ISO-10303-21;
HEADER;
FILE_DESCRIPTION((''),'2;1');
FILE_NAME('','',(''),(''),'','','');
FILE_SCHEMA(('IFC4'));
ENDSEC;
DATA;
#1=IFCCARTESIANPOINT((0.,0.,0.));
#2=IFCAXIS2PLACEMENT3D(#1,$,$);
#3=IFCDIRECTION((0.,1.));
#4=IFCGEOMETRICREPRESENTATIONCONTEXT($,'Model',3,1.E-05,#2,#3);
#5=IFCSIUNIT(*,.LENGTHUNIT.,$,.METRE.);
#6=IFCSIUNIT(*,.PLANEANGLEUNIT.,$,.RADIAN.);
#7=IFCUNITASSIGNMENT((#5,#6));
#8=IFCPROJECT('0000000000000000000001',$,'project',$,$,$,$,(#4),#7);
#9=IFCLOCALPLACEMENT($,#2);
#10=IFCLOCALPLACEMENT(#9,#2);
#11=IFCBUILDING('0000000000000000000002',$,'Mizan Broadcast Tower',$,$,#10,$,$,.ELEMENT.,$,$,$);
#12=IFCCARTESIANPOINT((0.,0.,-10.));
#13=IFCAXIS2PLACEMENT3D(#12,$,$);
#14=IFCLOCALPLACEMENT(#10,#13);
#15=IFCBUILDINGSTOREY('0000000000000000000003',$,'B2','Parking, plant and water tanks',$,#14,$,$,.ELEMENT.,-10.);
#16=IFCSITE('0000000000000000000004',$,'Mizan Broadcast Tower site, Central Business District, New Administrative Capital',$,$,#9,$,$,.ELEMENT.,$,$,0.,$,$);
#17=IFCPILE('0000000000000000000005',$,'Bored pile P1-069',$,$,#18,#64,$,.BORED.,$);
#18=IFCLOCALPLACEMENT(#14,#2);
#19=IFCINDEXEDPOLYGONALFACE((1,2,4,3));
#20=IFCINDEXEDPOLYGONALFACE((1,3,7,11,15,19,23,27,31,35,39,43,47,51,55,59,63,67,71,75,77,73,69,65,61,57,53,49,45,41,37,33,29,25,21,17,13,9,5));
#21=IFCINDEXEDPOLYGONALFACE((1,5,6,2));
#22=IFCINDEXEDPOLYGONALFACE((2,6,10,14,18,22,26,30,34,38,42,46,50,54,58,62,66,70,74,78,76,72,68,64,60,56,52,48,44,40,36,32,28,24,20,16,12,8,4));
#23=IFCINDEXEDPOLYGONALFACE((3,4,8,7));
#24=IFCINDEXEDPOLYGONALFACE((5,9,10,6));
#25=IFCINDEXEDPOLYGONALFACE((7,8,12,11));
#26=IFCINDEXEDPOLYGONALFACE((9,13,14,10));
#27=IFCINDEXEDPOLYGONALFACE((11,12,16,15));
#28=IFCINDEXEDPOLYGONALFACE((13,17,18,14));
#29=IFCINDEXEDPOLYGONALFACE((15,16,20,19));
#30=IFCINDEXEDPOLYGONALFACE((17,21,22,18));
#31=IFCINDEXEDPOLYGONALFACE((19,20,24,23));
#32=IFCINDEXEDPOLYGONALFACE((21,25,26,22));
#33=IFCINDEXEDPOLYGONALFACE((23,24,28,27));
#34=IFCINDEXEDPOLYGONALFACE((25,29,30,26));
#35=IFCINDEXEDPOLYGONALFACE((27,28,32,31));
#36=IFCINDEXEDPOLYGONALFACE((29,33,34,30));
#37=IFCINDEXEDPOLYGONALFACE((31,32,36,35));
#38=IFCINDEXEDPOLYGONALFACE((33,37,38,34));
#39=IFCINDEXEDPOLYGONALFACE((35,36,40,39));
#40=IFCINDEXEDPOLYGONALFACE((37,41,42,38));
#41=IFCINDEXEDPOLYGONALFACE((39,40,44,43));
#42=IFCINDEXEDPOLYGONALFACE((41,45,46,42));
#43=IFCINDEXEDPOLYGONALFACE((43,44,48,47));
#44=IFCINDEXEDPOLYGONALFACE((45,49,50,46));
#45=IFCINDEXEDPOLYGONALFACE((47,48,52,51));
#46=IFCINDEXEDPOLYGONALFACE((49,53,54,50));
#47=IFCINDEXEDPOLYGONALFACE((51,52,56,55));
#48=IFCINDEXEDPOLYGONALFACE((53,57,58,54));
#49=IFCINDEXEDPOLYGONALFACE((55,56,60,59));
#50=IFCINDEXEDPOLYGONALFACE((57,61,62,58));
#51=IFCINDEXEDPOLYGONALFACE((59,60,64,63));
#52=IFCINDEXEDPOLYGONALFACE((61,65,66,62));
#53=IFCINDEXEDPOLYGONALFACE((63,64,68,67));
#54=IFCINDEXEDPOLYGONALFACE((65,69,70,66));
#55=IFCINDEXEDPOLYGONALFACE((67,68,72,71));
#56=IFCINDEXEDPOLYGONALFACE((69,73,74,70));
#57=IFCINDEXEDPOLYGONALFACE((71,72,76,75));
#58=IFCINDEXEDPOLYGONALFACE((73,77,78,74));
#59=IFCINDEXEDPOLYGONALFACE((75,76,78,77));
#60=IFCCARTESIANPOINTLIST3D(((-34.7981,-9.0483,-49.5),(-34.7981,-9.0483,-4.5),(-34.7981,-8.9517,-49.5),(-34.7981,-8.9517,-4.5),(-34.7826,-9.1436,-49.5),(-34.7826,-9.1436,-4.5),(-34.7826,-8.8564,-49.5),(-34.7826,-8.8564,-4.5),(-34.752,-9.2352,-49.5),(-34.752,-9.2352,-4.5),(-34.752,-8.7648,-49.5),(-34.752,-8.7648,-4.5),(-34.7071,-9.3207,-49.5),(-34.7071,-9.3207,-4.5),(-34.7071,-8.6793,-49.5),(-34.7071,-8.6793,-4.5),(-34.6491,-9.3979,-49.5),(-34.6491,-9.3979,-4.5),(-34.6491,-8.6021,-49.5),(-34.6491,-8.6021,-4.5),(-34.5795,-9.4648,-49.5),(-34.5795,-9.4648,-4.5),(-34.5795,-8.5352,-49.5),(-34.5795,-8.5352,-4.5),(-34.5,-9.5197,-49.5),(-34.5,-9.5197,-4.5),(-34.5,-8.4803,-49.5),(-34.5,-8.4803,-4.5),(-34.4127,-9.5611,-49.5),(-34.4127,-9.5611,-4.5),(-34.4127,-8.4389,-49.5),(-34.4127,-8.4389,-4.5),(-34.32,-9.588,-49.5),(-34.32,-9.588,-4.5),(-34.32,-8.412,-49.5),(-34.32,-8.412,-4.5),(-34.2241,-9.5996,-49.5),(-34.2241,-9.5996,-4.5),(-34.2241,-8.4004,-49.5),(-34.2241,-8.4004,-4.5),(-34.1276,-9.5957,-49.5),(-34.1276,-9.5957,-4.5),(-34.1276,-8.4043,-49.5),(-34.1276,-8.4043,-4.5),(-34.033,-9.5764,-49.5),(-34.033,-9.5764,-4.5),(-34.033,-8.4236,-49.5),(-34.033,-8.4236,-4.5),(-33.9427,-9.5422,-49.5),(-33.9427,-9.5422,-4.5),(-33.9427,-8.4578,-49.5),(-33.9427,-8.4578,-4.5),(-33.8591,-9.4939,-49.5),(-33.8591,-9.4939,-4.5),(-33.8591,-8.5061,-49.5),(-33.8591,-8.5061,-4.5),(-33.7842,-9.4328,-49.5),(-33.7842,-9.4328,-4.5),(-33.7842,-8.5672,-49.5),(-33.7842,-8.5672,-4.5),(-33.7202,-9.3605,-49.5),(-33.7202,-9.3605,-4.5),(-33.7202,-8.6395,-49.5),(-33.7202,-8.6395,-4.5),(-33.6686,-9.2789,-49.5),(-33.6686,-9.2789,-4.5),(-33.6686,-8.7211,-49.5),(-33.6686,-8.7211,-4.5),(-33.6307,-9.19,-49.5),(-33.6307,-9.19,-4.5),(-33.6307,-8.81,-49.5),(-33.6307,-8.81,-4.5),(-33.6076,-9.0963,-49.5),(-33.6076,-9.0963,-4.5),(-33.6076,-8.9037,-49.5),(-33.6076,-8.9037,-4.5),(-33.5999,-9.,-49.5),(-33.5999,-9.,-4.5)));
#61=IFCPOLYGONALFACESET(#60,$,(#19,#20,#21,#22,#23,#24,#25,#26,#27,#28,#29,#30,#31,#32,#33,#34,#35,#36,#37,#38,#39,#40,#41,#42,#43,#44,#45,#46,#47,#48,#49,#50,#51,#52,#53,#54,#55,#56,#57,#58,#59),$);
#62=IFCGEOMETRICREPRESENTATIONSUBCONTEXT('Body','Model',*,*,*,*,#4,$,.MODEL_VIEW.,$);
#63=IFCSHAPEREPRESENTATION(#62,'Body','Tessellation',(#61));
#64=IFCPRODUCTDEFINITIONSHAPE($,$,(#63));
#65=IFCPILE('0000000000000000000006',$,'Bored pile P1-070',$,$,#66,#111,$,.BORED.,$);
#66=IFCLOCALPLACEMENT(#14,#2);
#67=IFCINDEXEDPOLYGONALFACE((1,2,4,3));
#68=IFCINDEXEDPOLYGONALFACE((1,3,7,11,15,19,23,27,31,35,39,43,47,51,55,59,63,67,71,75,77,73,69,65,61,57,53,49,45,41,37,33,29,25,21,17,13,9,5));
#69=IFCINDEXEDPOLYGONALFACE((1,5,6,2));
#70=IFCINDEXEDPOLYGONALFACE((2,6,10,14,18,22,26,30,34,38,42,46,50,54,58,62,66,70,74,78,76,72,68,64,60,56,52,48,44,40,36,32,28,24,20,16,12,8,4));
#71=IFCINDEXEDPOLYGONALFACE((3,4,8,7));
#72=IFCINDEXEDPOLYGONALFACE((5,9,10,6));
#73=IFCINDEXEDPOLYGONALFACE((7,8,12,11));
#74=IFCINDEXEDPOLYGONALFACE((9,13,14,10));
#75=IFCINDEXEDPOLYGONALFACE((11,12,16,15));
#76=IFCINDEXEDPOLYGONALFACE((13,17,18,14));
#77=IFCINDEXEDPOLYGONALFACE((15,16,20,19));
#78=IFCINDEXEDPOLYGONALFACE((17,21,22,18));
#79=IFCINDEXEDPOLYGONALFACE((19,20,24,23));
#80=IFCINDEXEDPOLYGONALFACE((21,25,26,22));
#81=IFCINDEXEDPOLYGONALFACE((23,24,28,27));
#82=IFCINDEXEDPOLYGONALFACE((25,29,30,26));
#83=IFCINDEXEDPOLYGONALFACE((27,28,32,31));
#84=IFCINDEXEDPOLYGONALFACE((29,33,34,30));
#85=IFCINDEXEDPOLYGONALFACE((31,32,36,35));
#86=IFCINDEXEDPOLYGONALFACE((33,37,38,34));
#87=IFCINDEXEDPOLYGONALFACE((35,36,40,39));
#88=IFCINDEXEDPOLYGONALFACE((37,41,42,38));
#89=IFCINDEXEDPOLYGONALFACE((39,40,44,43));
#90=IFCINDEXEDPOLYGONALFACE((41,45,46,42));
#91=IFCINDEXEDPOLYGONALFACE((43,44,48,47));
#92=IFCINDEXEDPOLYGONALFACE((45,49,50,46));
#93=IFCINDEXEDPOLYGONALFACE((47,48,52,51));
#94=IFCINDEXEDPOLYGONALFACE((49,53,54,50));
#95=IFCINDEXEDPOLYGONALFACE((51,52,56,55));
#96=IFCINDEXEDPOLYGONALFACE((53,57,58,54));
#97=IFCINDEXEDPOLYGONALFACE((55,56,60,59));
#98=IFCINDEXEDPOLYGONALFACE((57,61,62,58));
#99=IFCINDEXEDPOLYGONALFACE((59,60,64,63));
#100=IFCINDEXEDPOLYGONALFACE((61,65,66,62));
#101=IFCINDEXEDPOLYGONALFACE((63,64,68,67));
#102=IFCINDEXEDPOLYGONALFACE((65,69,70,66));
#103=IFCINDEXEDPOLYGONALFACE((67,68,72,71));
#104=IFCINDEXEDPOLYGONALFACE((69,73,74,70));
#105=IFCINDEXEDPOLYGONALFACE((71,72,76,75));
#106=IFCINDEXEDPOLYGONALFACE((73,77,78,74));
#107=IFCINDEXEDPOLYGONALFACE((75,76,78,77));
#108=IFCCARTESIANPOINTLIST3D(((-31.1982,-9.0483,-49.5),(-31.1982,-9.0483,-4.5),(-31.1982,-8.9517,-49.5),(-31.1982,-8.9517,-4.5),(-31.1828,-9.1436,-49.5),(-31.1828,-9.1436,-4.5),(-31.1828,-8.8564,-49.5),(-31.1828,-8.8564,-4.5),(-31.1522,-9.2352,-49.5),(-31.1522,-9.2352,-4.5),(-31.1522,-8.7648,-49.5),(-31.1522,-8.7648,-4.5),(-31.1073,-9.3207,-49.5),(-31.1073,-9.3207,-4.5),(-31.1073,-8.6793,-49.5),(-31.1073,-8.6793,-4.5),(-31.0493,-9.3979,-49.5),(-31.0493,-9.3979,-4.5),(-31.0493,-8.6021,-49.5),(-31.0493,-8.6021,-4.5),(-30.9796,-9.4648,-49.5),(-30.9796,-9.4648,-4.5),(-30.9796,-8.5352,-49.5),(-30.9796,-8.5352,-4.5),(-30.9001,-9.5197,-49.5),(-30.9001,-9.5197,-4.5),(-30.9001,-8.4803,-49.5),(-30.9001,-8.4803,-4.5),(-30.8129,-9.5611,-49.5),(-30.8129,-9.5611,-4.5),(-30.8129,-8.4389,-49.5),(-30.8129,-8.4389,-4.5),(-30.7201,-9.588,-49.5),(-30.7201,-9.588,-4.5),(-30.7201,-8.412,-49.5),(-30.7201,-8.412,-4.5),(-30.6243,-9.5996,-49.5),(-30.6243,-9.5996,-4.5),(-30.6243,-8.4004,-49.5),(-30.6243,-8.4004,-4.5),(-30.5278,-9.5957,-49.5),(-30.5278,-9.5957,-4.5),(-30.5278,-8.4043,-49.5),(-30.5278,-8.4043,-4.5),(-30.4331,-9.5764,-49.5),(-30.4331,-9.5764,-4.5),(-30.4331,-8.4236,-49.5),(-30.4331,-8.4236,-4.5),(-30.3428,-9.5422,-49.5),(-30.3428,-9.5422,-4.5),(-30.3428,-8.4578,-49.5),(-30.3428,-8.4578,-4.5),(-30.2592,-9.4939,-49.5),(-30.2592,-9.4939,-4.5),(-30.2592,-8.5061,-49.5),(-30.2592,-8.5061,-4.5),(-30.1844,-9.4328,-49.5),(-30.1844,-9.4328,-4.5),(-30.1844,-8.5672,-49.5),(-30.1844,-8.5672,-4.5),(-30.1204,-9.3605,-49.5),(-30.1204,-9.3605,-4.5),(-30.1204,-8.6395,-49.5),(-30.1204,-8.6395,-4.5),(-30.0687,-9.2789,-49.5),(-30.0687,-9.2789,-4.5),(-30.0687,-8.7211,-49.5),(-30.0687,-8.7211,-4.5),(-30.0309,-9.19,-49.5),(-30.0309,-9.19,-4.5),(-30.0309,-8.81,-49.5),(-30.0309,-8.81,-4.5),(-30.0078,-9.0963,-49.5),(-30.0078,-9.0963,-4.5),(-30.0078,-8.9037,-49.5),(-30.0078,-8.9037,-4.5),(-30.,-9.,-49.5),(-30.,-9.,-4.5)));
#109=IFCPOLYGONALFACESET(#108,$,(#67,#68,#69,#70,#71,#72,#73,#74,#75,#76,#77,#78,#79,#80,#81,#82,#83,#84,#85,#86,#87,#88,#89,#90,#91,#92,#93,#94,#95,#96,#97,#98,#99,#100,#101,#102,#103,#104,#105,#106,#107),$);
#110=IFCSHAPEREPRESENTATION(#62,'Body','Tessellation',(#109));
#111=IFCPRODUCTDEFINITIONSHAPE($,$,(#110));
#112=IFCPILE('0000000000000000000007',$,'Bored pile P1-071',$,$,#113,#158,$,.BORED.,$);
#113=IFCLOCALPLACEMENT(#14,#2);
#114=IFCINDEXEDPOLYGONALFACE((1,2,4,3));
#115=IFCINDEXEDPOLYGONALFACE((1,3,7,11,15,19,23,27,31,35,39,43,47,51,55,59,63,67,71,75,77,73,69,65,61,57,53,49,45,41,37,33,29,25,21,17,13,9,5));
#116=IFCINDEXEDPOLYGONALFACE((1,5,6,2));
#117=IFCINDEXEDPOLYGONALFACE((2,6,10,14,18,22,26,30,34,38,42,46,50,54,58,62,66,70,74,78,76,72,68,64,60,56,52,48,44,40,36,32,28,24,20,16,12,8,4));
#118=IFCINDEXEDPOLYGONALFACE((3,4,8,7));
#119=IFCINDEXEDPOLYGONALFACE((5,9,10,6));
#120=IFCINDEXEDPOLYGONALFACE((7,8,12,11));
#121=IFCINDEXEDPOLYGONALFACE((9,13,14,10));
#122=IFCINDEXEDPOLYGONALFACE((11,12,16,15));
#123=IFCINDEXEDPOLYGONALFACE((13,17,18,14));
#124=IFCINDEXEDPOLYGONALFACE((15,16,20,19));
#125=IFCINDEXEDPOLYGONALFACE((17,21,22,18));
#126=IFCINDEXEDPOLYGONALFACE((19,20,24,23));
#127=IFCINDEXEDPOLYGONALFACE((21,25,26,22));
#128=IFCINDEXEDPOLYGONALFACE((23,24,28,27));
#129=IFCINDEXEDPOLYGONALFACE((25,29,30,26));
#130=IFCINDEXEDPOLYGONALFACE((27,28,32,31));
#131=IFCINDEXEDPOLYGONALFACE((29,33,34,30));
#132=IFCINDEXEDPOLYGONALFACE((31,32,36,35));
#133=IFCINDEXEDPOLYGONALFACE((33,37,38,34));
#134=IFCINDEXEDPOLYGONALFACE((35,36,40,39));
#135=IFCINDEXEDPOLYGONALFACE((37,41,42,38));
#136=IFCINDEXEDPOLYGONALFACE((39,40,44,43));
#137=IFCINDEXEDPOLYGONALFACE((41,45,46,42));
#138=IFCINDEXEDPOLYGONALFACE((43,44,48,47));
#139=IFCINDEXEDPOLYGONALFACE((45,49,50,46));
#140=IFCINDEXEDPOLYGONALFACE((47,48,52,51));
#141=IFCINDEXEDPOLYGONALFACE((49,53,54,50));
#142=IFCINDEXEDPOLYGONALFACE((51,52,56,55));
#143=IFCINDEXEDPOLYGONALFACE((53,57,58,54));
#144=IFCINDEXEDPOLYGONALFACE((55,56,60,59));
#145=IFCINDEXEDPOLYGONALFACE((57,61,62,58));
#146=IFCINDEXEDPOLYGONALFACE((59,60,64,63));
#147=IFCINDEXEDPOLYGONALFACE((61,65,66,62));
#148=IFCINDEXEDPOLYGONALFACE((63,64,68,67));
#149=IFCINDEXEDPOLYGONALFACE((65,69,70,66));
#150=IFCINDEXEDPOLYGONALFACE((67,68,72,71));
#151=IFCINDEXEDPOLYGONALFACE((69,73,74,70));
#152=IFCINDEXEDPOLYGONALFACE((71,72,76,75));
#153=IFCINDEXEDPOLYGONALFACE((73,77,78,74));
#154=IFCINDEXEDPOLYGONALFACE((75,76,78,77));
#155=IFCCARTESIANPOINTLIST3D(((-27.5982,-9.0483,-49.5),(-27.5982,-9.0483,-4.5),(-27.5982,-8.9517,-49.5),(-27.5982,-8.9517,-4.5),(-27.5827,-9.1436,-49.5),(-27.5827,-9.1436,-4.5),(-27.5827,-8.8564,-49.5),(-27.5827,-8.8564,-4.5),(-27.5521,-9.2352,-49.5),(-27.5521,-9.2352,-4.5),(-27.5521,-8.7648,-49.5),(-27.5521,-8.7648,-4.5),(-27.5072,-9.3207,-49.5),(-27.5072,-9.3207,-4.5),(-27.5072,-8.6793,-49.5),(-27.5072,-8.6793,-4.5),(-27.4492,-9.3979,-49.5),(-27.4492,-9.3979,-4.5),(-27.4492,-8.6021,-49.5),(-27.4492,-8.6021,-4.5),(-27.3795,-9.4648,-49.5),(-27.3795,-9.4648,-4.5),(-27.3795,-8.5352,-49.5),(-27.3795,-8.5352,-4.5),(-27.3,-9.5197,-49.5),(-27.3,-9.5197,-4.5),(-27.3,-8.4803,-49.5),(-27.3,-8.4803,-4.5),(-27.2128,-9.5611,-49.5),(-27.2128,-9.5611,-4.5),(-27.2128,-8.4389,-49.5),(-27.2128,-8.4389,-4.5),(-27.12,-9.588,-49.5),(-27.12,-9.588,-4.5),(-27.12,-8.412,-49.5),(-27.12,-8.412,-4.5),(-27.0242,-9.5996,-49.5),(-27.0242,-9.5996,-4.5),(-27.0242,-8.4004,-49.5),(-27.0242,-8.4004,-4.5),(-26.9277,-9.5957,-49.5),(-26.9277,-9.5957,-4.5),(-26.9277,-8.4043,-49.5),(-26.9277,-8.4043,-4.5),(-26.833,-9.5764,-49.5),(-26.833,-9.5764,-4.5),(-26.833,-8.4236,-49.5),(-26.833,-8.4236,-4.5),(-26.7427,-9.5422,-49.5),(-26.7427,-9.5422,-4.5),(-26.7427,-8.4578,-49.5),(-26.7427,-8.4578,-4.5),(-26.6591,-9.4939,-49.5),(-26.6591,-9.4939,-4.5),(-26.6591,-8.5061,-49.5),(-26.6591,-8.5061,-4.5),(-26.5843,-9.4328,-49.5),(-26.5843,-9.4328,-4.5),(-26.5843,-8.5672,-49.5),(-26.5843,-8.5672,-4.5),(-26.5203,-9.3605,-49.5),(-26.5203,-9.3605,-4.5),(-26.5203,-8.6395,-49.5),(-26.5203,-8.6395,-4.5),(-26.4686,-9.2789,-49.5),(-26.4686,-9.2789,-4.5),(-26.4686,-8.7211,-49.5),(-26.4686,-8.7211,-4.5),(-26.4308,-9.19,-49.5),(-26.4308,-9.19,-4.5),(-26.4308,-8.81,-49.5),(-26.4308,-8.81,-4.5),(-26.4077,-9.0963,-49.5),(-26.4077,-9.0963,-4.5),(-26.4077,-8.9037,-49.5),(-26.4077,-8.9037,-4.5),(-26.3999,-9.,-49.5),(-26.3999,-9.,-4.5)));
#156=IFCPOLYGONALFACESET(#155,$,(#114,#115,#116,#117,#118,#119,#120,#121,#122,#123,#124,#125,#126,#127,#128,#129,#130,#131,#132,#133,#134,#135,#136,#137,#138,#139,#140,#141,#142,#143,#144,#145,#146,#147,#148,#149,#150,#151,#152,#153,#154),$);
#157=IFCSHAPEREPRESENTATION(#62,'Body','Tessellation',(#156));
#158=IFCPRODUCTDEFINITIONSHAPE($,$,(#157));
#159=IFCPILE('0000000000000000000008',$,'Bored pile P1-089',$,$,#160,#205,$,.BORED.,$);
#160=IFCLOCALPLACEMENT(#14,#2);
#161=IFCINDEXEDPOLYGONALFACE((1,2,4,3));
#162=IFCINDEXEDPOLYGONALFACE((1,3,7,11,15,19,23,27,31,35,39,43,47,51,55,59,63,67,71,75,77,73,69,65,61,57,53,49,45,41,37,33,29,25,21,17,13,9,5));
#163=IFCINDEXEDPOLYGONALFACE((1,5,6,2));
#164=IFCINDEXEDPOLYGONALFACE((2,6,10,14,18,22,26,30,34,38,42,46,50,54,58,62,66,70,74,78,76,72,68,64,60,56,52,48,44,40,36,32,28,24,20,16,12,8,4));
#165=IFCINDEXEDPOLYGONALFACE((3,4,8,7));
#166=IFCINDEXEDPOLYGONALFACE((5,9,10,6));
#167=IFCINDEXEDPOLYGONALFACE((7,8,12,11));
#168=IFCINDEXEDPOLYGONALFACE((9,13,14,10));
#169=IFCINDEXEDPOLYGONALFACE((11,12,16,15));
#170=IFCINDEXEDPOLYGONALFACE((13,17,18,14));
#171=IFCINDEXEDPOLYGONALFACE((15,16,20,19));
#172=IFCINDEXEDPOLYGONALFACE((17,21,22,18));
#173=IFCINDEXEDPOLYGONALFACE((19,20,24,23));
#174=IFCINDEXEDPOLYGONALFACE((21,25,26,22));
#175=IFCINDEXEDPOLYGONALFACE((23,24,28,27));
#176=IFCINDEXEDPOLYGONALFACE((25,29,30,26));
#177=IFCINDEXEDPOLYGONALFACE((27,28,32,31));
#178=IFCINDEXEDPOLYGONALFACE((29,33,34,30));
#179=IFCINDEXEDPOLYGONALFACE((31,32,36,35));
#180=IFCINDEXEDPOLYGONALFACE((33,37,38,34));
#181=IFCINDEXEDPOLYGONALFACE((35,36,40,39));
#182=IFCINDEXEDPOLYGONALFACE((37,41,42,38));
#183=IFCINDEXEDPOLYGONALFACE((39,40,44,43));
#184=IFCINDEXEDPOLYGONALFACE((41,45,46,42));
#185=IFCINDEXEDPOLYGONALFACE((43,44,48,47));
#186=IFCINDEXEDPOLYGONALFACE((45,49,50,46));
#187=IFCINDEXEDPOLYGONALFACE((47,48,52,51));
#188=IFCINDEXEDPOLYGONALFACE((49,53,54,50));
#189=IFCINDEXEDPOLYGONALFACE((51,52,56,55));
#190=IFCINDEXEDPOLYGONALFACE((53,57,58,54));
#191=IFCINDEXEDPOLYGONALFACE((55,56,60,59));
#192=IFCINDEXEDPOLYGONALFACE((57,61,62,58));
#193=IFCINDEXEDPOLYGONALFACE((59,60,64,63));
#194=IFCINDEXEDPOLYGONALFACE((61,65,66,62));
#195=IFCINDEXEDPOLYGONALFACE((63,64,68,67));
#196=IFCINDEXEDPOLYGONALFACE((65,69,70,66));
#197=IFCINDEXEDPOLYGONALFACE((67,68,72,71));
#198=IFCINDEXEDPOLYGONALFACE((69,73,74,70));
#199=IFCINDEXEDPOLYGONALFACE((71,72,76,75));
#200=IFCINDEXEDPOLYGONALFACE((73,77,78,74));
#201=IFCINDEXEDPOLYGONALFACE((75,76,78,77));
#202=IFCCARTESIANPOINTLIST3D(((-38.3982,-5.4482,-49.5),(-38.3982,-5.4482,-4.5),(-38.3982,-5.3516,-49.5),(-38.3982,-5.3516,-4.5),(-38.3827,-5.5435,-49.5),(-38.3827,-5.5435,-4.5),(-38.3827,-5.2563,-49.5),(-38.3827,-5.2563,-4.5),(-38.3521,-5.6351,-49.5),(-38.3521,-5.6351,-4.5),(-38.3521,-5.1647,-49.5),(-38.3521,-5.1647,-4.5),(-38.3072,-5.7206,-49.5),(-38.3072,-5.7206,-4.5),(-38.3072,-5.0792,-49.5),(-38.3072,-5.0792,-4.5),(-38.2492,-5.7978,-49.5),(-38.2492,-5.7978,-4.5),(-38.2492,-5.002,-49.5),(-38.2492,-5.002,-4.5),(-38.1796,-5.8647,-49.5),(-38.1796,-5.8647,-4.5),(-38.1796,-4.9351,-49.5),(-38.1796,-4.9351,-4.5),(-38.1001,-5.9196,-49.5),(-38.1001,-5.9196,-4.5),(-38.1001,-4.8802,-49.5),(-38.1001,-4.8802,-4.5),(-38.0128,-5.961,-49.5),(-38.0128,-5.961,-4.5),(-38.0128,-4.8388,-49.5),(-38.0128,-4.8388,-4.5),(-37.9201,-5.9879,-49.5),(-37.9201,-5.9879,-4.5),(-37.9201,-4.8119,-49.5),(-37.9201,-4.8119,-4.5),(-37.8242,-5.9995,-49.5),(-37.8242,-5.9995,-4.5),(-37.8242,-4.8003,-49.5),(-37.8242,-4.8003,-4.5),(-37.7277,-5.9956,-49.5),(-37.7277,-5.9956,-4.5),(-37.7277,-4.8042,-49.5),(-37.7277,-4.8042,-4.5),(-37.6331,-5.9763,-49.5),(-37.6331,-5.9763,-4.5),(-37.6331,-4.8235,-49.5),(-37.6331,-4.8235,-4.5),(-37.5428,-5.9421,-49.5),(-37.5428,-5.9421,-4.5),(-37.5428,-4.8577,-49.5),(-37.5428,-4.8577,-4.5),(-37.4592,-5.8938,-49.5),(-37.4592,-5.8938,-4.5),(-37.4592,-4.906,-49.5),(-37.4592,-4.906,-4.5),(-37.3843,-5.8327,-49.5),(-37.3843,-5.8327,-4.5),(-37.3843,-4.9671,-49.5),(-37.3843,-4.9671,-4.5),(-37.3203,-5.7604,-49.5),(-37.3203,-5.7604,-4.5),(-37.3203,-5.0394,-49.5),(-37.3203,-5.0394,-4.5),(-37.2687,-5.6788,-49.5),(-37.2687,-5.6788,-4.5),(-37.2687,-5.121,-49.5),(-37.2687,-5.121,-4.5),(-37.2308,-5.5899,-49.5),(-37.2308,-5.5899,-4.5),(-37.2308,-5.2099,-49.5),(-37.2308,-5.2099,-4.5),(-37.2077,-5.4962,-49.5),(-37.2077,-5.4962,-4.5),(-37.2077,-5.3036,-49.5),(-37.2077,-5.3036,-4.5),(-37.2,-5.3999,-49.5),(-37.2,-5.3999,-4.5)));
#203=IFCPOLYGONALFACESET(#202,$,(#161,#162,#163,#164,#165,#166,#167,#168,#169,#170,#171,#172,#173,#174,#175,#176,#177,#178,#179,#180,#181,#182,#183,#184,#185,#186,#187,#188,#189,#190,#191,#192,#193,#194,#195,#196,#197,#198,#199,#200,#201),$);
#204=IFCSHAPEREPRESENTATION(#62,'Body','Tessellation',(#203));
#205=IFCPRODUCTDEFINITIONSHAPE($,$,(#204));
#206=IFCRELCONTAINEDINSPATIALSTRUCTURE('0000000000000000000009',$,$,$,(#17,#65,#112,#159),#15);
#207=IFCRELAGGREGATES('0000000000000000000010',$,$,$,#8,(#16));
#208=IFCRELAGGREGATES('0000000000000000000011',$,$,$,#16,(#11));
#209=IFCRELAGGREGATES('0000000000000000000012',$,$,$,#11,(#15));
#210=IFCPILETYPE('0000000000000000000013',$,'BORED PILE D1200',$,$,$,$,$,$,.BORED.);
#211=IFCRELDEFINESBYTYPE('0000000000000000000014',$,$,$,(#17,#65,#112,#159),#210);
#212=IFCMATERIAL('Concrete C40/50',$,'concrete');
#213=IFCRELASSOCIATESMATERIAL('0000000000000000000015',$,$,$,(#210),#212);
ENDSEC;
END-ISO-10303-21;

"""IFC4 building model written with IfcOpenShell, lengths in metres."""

from ifc_helpers import new_model, si_unit, direction, frame, origin, origin_2d, place, context, subcontext, project, spatial, circle, extrude, material, material_profile, profile_set, type_object, element, save


model = new_model("IFC4")

# Units and contexts
model_context = context("Model", 3, precision=1e-05, world=origin(), true_north=direction((0.0, 1.0)))
body_context = subcontext(model_context, "Body", "Model", "MODEL_VIEW")
ifc_project = project(units=[si_unit("LENGTHUNIT", "METRE"), si_unit("PLANEANGLEUNIT", "RADIAN")], contexts=[model_context])

# Site, building, storey
site_placement = place(None, origin())
site = spatial("IfcSite", under=ifc_project, at=site_placement, Name="Mizan Broadcast Tower site, Central Business District, New Administrative Capital", CompositionType="ELEMENT", RefElevation=0.0)
building_placement = place(site_placement, origin())
building = spatial("IfcBuilding", under=site, at=building_placement, Name="Mizan Broadcast Tower", CompositionType="ELEMENT")
storey_placement = place(building_placement, frame((0.0, 0.0, -10.0)))
storey = spatial("IfcBuildingStorey", under=building, at=storey_placement, Name="B2", Description="Parking, plant and water tanks", CompositionType="ELEMENT", Elevation=-10.0)

# Piles
ifc_material_1 = material(Name="Concrete C40/50", Category="concrete")
ifc_material_profile_1 = material_profile(ifc_material_1, circle(Radius=0.6001, at=origin_2d()), Name="D1200")
ifc_profile_set_1 = profile_set([ifc_material_profile_1], Name="Concrete C40/50")
pile_type_1 = type_object("IfcPileType", Name="BORED PILE D1200", PredefinedType="BORED", material=ifc_profile_set_1)
for number, where, z_axis, x_axis, name in (
    (1, (-34.2, -9.0, -4.5), (0.0, 0.0, -1.0), (1.0, 0.0, 0.0), "Bored pile P1-069"),
    (2, (-30.6001, -9.0, -4.5), (0.0, 0.0, -1.0), (1.0, 0.0, 0.0), "Bored pile P1-070"),
    (3, (-27.0, -9.0, -4.5), (0.0, 0.0, -1.0), (1.0, 0.0, 0.0), "Bored pile P1-071"),
    (4, (-37.8, -5.3999, -4.5), (0.0, 0.0, -1.0), (1.0, 0.0, 0.0), "Bored pile P1-089"),
):
    element("IfcPile", number, at=place(storey_placement, frame(where, z_axis=z_axis, x_axis=x_axis)), inside=storey, type_object=pile_type_1, Name=name, PredefinedType="BORED", context=body_context, shape_type="SweptSolid", body=[
        extrude(circle(Radius=0.6001, at=origin_2d()), origin(), (0.0, 0.0, 1.0), 45.0),
    ])

save(model, "model.ifc")
